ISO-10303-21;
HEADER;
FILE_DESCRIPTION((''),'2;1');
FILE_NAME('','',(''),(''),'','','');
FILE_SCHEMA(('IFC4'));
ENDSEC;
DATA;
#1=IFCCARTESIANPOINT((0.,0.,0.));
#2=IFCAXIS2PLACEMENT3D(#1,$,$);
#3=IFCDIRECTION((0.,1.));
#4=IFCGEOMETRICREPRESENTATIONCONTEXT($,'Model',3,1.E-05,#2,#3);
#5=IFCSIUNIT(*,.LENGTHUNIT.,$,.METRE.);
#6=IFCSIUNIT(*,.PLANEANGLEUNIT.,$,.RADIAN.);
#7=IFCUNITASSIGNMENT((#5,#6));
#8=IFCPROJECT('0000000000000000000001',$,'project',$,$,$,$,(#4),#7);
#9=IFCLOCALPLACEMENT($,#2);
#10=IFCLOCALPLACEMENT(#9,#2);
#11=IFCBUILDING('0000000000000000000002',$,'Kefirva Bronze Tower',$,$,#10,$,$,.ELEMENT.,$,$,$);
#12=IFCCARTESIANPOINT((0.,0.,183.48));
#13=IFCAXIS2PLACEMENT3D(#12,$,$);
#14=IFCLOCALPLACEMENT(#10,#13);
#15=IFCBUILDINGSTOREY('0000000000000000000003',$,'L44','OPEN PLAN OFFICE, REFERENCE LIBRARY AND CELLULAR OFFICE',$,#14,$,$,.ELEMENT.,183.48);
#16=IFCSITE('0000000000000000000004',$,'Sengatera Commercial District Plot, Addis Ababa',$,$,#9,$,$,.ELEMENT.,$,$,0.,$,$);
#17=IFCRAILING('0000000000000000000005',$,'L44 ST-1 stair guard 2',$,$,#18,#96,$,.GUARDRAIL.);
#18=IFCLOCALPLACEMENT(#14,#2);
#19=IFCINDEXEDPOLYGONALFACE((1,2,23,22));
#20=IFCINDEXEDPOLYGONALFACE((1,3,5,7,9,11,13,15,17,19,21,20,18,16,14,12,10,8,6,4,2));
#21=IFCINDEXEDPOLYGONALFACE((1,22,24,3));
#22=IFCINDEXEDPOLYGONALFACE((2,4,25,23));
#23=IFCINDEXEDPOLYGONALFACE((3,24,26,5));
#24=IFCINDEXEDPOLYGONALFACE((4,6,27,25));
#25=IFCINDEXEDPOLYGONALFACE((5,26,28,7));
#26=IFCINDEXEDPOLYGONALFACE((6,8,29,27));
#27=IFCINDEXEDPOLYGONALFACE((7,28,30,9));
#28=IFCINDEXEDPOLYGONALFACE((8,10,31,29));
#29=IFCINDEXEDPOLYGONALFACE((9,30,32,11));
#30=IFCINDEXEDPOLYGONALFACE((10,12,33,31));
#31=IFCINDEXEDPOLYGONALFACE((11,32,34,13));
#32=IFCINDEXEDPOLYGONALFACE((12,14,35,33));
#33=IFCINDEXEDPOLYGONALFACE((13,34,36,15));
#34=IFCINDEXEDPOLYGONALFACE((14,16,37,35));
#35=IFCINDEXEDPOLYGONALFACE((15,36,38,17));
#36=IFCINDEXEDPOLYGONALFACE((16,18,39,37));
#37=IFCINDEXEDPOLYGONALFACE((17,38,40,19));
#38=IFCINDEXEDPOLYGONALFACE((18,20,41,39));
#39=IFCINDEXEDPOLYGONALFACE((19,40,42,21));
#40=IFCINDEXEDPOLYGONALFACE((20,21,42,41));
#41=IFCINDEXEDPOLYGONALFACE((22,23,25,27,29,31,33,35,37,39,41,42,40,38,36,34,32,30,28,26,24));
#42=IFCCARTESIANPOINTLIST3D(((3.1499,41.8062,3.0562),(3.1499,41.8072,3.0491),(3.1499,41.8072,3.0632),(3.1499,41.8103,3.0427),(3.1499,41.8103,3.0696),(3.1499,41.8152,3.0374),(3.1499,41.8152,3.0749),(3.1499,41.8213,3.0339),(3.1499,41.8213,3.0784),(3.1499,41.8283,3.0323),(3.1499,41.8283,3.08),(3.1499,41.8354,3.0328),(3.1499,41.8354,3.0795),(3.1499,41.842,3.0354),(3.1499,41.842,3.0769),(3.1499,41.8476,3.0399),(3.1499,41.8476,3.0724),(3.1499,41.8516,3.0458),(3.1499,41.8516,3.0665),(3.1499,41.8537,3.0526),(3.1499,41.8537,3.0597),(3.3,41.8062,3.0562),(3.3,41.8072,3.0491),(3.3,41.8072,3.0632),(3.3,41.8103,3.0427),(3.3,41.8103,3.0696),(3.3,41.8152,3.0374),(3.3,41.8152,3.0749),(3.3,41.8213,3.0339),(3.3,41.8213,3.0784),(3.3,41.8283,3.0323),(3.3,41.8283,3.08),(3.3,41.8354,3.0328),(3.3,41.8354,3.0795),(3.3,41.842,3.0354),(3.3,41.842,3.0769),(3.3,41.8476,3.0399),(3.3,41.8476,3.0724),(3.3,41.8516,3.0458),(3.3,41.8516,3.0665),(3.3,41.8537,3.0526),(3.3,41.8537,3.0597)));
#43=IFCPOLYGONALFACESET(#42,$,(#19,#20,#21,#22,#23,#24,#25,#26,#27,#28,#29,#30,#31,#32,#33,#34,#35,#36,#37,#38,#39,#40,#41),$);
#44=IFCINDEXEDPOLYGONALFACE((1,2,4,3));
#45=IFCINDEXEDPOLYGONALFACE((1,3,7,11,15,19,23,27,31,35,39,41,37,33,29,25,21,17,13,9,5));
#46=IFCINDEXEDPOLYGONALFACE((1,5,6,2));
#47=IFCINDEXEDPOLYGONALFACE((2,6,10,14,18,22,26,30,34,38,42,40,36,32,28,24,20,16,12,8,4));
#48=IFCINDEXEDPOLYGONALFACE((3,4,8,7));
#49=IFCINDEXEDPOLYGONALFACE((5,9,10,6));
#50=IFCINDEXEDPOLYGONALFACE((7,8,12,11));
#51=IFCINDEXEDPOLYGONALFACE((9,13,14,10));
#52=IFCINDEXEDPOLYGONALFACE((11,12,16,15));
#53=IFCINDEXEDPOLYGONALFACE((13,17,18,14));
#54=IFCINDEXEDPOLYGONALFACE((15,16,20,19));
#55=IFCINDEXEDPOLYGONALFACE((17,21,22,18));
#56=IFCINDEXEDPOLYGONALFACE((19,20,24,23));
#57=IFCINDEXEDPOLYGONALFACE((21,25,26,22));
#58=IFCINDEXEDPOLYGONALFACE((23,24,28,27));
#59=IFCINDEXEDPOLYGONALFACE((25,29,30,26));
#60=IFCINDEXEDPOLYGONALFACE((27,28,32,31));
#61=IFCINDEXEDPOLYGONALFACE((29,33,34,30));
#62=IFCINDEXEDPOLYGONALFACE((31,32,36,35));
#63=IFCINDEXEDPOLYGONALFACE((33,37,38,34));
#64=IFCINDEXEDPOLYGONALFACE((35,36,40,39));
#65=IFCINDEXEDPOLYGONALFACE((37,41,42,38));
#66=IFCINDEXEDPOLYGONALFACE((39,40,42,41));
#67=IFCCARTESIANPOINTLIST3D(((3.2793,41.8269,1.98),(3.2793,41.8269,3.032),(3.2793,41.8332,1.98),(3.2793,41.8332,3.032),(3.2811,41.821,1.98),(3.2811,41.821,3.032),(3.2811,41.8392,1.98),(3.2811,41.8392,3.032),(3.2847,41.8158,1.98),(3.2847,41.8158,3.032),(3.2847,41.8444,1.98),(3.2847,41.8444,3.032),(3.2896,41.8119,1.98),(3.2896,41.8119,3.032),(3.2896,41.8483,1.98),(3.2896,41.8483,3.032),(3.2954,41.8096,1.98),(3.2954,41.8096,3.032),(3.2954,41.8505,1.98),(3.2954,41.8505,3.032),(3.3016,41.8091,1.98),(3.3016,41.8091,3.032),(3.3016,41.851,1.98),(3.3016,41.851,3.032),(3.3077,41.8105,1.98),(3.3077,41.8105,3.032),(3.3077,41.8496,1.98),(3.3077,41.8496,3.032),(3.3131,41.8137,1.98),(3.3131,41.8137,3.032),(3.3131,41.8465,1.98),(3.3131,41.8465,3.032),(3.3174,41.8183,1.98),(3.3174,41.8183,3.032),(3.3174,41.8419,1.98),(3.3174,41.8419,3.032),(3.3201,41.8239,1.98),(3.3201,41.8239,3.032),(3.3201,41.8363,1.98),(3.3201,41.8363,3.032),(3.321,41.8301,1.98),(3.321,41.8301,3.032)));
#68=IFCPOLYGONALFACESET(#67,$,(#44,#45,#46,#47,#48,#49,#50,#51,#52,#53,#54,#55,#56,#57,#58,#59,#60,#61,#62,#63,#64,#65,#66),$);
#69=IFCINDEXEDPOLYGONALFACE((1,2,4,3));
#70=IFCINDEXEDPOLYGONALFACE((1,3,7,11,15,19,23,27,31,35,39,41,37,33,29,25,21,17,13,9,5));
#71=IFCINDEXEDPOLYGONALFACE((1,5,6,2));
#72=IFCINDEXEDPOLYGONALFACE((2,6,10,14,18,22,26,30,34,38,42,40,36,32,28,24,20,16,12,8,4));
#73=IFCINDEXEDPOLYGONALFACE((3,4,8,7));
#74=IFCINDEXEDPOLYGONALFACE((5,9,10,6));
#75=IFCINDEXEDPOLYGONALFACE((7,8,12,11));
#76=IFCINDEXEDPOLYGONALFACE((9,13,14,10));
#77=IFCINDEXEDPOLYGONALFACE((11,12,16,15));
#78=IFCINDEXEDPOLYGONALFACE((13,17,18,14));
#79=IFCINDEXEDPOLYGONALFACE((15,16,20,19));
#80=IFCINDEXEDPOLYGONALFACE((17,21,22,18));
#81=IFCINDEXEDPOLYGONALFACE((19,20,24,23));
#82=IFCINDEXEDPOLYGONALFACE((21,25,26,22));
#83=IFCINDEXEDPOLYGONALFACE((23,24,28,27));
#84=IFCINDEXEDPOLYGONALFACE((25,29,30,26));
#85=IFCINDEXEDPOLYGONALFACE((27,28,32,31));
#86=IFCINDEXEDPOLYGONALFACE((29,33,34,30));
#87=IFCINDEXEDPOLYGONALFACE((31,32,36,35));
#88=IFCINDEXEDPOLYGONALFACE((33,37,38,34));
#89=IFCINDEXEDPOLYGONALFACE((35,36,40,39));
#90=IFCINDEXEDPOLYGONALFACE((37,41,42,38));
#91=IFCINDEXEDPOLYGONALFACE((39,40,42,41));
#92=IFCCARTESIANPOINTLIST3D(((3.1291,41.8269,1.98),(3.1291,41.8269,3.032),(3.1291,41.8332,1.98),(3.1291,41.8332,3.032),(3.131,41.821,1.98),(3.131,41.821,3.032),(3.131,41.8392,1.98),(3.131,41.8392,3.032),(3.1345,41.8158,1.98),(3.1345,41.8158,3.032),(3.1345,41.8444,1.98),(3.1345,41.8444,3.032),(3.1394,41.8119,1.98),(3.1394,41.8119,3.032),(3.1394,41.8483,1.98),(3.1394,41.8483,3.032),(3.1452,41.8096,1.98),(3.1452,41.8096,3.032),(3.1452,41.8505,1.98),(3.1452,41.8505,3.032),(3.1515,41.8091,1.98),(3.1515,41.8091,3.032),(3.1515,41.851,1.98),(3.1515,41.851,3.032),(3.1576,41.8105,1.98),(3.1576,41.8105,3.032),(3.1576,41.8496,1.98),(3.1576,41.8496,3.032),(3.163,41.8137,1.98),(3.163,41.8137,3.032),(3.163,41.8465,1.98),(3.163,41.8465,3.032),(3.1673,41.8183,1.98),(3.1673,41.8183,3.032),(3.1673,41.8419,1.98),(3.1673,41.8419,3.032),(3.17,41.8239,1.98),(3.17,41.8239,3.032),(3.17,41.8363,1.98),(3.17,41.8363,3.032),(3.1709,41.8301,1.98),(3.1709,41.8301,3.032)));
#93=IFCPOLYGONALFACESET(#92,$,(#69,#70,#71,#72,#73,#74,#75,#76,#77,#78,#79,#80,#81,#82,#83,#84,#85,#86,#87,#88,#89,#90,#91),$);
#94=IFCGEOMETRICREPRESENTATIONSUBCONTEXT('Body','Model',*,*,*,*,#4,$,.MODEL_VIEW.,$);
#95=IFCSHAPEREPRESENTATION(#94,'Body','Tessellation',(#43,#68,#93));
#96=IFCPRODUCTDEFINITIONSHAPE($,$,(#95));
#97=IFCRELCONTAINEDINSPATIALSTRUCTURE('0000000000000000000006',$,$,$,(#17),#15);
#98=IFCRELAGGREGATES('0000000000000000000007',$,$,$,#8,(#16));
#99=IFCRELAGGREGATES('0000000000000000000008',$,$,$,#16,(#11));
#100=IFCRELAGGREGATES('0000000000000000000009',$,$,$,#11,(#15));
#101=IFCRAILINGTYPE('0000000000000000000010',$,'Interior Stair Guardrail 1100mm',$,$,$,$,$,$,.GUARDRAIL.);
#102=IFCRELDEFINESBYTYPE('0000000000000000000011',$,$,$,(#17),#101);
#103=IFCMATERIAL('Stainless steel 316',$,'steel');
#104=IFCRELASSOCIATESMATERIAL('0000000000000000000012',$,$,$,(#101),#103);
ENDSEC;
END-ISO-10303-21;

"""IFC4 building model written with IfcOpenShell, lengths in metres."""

from ifc_helpers import new_model, si_unit, direction, frame, origin, origin_2d, place, context, subcontext, project, spatial, circle, extrude, material, type_object, element, save


model = new_model("IFC4")

# Units and contexts
model_context = context("Model", 3, precision=1e-05, world=origin(), true_north=direction((0.0, 1.0)))
body_context = subcontext(model_context, "Body", "Model", "MODEL_VIEW")
ifc_project = project(units=[si_unit("LENGTHUNIT", "METRE"), si_unit("PLANEANGLEUNIT", "RADIAN")], contexts=[model_context])

# Site, building, storey
site_placement = place(None, origin())
site = spatial("IfcSite", under=ifc_project, at=site_placement, Name="Sengatera Commercial District Plot, Addis Ababa", CompositionType="ELEMENT", RefElevation=0.0)
building_placement = place(site_placement, origin())
building = spatial("IfcBuilding", under=site, at=building_placement, Name="Kefirva Bronze Tower", CompositionType="ELEMENT")
storey_placement = place(building_placement, frame((0.0, 0.0, 183.48)))
storey = spatial("IfcBuildingStorey", under=building, at=storey_placement, Name="L44", Description="OPEN PLAN OFFICE, REFERENCE LIBRARY AND CELLULAR OFFICE", CompositionType="ELEMENT", Elevation=183.48)

# Railing
ifc_material_1 = material(Name="Stainless steel 316", Category="steel")
railing_type_1 = type_object("IfcRailingType", Name="Interior Stair Guardrail 1100mm", PredefinedType="GUARDRAIL", material=ifc_material_1)
railing_1_placement = place(storey_placement, frame((3.3, 41.8301, 1.98)))
element("IfcRailing", 1, at=railing_1_placement, inside=storey, type_object=railing_type_1, Name="L44 ST-1 stair guard 2", PredefinedType="GUARDRAIL", context=body_context, shape_type="SweptSolid", body=[
    extrude(circle(Radius=0.0239, at=origin_2d()), frame((0.0, 0.0, 1.0762), z_axis=(-1.0, 0.0, 0.0), x_axis=(0.0, -1.0, 0.0)), (0.0, 0.0, 1.0), 0.1501),
    extrude(circle(Radius=0.021, at=origin_2d()), origin(), (0.0, 0.0, 1.0), 1.052),
    extrude(circle(Radius=0.021, at=origin_2d()), frame((-0.1501, 0.0, 0.0)), (0.0, 0.0, 1.0), 1.052),
])

save(model, "model.ifc")
